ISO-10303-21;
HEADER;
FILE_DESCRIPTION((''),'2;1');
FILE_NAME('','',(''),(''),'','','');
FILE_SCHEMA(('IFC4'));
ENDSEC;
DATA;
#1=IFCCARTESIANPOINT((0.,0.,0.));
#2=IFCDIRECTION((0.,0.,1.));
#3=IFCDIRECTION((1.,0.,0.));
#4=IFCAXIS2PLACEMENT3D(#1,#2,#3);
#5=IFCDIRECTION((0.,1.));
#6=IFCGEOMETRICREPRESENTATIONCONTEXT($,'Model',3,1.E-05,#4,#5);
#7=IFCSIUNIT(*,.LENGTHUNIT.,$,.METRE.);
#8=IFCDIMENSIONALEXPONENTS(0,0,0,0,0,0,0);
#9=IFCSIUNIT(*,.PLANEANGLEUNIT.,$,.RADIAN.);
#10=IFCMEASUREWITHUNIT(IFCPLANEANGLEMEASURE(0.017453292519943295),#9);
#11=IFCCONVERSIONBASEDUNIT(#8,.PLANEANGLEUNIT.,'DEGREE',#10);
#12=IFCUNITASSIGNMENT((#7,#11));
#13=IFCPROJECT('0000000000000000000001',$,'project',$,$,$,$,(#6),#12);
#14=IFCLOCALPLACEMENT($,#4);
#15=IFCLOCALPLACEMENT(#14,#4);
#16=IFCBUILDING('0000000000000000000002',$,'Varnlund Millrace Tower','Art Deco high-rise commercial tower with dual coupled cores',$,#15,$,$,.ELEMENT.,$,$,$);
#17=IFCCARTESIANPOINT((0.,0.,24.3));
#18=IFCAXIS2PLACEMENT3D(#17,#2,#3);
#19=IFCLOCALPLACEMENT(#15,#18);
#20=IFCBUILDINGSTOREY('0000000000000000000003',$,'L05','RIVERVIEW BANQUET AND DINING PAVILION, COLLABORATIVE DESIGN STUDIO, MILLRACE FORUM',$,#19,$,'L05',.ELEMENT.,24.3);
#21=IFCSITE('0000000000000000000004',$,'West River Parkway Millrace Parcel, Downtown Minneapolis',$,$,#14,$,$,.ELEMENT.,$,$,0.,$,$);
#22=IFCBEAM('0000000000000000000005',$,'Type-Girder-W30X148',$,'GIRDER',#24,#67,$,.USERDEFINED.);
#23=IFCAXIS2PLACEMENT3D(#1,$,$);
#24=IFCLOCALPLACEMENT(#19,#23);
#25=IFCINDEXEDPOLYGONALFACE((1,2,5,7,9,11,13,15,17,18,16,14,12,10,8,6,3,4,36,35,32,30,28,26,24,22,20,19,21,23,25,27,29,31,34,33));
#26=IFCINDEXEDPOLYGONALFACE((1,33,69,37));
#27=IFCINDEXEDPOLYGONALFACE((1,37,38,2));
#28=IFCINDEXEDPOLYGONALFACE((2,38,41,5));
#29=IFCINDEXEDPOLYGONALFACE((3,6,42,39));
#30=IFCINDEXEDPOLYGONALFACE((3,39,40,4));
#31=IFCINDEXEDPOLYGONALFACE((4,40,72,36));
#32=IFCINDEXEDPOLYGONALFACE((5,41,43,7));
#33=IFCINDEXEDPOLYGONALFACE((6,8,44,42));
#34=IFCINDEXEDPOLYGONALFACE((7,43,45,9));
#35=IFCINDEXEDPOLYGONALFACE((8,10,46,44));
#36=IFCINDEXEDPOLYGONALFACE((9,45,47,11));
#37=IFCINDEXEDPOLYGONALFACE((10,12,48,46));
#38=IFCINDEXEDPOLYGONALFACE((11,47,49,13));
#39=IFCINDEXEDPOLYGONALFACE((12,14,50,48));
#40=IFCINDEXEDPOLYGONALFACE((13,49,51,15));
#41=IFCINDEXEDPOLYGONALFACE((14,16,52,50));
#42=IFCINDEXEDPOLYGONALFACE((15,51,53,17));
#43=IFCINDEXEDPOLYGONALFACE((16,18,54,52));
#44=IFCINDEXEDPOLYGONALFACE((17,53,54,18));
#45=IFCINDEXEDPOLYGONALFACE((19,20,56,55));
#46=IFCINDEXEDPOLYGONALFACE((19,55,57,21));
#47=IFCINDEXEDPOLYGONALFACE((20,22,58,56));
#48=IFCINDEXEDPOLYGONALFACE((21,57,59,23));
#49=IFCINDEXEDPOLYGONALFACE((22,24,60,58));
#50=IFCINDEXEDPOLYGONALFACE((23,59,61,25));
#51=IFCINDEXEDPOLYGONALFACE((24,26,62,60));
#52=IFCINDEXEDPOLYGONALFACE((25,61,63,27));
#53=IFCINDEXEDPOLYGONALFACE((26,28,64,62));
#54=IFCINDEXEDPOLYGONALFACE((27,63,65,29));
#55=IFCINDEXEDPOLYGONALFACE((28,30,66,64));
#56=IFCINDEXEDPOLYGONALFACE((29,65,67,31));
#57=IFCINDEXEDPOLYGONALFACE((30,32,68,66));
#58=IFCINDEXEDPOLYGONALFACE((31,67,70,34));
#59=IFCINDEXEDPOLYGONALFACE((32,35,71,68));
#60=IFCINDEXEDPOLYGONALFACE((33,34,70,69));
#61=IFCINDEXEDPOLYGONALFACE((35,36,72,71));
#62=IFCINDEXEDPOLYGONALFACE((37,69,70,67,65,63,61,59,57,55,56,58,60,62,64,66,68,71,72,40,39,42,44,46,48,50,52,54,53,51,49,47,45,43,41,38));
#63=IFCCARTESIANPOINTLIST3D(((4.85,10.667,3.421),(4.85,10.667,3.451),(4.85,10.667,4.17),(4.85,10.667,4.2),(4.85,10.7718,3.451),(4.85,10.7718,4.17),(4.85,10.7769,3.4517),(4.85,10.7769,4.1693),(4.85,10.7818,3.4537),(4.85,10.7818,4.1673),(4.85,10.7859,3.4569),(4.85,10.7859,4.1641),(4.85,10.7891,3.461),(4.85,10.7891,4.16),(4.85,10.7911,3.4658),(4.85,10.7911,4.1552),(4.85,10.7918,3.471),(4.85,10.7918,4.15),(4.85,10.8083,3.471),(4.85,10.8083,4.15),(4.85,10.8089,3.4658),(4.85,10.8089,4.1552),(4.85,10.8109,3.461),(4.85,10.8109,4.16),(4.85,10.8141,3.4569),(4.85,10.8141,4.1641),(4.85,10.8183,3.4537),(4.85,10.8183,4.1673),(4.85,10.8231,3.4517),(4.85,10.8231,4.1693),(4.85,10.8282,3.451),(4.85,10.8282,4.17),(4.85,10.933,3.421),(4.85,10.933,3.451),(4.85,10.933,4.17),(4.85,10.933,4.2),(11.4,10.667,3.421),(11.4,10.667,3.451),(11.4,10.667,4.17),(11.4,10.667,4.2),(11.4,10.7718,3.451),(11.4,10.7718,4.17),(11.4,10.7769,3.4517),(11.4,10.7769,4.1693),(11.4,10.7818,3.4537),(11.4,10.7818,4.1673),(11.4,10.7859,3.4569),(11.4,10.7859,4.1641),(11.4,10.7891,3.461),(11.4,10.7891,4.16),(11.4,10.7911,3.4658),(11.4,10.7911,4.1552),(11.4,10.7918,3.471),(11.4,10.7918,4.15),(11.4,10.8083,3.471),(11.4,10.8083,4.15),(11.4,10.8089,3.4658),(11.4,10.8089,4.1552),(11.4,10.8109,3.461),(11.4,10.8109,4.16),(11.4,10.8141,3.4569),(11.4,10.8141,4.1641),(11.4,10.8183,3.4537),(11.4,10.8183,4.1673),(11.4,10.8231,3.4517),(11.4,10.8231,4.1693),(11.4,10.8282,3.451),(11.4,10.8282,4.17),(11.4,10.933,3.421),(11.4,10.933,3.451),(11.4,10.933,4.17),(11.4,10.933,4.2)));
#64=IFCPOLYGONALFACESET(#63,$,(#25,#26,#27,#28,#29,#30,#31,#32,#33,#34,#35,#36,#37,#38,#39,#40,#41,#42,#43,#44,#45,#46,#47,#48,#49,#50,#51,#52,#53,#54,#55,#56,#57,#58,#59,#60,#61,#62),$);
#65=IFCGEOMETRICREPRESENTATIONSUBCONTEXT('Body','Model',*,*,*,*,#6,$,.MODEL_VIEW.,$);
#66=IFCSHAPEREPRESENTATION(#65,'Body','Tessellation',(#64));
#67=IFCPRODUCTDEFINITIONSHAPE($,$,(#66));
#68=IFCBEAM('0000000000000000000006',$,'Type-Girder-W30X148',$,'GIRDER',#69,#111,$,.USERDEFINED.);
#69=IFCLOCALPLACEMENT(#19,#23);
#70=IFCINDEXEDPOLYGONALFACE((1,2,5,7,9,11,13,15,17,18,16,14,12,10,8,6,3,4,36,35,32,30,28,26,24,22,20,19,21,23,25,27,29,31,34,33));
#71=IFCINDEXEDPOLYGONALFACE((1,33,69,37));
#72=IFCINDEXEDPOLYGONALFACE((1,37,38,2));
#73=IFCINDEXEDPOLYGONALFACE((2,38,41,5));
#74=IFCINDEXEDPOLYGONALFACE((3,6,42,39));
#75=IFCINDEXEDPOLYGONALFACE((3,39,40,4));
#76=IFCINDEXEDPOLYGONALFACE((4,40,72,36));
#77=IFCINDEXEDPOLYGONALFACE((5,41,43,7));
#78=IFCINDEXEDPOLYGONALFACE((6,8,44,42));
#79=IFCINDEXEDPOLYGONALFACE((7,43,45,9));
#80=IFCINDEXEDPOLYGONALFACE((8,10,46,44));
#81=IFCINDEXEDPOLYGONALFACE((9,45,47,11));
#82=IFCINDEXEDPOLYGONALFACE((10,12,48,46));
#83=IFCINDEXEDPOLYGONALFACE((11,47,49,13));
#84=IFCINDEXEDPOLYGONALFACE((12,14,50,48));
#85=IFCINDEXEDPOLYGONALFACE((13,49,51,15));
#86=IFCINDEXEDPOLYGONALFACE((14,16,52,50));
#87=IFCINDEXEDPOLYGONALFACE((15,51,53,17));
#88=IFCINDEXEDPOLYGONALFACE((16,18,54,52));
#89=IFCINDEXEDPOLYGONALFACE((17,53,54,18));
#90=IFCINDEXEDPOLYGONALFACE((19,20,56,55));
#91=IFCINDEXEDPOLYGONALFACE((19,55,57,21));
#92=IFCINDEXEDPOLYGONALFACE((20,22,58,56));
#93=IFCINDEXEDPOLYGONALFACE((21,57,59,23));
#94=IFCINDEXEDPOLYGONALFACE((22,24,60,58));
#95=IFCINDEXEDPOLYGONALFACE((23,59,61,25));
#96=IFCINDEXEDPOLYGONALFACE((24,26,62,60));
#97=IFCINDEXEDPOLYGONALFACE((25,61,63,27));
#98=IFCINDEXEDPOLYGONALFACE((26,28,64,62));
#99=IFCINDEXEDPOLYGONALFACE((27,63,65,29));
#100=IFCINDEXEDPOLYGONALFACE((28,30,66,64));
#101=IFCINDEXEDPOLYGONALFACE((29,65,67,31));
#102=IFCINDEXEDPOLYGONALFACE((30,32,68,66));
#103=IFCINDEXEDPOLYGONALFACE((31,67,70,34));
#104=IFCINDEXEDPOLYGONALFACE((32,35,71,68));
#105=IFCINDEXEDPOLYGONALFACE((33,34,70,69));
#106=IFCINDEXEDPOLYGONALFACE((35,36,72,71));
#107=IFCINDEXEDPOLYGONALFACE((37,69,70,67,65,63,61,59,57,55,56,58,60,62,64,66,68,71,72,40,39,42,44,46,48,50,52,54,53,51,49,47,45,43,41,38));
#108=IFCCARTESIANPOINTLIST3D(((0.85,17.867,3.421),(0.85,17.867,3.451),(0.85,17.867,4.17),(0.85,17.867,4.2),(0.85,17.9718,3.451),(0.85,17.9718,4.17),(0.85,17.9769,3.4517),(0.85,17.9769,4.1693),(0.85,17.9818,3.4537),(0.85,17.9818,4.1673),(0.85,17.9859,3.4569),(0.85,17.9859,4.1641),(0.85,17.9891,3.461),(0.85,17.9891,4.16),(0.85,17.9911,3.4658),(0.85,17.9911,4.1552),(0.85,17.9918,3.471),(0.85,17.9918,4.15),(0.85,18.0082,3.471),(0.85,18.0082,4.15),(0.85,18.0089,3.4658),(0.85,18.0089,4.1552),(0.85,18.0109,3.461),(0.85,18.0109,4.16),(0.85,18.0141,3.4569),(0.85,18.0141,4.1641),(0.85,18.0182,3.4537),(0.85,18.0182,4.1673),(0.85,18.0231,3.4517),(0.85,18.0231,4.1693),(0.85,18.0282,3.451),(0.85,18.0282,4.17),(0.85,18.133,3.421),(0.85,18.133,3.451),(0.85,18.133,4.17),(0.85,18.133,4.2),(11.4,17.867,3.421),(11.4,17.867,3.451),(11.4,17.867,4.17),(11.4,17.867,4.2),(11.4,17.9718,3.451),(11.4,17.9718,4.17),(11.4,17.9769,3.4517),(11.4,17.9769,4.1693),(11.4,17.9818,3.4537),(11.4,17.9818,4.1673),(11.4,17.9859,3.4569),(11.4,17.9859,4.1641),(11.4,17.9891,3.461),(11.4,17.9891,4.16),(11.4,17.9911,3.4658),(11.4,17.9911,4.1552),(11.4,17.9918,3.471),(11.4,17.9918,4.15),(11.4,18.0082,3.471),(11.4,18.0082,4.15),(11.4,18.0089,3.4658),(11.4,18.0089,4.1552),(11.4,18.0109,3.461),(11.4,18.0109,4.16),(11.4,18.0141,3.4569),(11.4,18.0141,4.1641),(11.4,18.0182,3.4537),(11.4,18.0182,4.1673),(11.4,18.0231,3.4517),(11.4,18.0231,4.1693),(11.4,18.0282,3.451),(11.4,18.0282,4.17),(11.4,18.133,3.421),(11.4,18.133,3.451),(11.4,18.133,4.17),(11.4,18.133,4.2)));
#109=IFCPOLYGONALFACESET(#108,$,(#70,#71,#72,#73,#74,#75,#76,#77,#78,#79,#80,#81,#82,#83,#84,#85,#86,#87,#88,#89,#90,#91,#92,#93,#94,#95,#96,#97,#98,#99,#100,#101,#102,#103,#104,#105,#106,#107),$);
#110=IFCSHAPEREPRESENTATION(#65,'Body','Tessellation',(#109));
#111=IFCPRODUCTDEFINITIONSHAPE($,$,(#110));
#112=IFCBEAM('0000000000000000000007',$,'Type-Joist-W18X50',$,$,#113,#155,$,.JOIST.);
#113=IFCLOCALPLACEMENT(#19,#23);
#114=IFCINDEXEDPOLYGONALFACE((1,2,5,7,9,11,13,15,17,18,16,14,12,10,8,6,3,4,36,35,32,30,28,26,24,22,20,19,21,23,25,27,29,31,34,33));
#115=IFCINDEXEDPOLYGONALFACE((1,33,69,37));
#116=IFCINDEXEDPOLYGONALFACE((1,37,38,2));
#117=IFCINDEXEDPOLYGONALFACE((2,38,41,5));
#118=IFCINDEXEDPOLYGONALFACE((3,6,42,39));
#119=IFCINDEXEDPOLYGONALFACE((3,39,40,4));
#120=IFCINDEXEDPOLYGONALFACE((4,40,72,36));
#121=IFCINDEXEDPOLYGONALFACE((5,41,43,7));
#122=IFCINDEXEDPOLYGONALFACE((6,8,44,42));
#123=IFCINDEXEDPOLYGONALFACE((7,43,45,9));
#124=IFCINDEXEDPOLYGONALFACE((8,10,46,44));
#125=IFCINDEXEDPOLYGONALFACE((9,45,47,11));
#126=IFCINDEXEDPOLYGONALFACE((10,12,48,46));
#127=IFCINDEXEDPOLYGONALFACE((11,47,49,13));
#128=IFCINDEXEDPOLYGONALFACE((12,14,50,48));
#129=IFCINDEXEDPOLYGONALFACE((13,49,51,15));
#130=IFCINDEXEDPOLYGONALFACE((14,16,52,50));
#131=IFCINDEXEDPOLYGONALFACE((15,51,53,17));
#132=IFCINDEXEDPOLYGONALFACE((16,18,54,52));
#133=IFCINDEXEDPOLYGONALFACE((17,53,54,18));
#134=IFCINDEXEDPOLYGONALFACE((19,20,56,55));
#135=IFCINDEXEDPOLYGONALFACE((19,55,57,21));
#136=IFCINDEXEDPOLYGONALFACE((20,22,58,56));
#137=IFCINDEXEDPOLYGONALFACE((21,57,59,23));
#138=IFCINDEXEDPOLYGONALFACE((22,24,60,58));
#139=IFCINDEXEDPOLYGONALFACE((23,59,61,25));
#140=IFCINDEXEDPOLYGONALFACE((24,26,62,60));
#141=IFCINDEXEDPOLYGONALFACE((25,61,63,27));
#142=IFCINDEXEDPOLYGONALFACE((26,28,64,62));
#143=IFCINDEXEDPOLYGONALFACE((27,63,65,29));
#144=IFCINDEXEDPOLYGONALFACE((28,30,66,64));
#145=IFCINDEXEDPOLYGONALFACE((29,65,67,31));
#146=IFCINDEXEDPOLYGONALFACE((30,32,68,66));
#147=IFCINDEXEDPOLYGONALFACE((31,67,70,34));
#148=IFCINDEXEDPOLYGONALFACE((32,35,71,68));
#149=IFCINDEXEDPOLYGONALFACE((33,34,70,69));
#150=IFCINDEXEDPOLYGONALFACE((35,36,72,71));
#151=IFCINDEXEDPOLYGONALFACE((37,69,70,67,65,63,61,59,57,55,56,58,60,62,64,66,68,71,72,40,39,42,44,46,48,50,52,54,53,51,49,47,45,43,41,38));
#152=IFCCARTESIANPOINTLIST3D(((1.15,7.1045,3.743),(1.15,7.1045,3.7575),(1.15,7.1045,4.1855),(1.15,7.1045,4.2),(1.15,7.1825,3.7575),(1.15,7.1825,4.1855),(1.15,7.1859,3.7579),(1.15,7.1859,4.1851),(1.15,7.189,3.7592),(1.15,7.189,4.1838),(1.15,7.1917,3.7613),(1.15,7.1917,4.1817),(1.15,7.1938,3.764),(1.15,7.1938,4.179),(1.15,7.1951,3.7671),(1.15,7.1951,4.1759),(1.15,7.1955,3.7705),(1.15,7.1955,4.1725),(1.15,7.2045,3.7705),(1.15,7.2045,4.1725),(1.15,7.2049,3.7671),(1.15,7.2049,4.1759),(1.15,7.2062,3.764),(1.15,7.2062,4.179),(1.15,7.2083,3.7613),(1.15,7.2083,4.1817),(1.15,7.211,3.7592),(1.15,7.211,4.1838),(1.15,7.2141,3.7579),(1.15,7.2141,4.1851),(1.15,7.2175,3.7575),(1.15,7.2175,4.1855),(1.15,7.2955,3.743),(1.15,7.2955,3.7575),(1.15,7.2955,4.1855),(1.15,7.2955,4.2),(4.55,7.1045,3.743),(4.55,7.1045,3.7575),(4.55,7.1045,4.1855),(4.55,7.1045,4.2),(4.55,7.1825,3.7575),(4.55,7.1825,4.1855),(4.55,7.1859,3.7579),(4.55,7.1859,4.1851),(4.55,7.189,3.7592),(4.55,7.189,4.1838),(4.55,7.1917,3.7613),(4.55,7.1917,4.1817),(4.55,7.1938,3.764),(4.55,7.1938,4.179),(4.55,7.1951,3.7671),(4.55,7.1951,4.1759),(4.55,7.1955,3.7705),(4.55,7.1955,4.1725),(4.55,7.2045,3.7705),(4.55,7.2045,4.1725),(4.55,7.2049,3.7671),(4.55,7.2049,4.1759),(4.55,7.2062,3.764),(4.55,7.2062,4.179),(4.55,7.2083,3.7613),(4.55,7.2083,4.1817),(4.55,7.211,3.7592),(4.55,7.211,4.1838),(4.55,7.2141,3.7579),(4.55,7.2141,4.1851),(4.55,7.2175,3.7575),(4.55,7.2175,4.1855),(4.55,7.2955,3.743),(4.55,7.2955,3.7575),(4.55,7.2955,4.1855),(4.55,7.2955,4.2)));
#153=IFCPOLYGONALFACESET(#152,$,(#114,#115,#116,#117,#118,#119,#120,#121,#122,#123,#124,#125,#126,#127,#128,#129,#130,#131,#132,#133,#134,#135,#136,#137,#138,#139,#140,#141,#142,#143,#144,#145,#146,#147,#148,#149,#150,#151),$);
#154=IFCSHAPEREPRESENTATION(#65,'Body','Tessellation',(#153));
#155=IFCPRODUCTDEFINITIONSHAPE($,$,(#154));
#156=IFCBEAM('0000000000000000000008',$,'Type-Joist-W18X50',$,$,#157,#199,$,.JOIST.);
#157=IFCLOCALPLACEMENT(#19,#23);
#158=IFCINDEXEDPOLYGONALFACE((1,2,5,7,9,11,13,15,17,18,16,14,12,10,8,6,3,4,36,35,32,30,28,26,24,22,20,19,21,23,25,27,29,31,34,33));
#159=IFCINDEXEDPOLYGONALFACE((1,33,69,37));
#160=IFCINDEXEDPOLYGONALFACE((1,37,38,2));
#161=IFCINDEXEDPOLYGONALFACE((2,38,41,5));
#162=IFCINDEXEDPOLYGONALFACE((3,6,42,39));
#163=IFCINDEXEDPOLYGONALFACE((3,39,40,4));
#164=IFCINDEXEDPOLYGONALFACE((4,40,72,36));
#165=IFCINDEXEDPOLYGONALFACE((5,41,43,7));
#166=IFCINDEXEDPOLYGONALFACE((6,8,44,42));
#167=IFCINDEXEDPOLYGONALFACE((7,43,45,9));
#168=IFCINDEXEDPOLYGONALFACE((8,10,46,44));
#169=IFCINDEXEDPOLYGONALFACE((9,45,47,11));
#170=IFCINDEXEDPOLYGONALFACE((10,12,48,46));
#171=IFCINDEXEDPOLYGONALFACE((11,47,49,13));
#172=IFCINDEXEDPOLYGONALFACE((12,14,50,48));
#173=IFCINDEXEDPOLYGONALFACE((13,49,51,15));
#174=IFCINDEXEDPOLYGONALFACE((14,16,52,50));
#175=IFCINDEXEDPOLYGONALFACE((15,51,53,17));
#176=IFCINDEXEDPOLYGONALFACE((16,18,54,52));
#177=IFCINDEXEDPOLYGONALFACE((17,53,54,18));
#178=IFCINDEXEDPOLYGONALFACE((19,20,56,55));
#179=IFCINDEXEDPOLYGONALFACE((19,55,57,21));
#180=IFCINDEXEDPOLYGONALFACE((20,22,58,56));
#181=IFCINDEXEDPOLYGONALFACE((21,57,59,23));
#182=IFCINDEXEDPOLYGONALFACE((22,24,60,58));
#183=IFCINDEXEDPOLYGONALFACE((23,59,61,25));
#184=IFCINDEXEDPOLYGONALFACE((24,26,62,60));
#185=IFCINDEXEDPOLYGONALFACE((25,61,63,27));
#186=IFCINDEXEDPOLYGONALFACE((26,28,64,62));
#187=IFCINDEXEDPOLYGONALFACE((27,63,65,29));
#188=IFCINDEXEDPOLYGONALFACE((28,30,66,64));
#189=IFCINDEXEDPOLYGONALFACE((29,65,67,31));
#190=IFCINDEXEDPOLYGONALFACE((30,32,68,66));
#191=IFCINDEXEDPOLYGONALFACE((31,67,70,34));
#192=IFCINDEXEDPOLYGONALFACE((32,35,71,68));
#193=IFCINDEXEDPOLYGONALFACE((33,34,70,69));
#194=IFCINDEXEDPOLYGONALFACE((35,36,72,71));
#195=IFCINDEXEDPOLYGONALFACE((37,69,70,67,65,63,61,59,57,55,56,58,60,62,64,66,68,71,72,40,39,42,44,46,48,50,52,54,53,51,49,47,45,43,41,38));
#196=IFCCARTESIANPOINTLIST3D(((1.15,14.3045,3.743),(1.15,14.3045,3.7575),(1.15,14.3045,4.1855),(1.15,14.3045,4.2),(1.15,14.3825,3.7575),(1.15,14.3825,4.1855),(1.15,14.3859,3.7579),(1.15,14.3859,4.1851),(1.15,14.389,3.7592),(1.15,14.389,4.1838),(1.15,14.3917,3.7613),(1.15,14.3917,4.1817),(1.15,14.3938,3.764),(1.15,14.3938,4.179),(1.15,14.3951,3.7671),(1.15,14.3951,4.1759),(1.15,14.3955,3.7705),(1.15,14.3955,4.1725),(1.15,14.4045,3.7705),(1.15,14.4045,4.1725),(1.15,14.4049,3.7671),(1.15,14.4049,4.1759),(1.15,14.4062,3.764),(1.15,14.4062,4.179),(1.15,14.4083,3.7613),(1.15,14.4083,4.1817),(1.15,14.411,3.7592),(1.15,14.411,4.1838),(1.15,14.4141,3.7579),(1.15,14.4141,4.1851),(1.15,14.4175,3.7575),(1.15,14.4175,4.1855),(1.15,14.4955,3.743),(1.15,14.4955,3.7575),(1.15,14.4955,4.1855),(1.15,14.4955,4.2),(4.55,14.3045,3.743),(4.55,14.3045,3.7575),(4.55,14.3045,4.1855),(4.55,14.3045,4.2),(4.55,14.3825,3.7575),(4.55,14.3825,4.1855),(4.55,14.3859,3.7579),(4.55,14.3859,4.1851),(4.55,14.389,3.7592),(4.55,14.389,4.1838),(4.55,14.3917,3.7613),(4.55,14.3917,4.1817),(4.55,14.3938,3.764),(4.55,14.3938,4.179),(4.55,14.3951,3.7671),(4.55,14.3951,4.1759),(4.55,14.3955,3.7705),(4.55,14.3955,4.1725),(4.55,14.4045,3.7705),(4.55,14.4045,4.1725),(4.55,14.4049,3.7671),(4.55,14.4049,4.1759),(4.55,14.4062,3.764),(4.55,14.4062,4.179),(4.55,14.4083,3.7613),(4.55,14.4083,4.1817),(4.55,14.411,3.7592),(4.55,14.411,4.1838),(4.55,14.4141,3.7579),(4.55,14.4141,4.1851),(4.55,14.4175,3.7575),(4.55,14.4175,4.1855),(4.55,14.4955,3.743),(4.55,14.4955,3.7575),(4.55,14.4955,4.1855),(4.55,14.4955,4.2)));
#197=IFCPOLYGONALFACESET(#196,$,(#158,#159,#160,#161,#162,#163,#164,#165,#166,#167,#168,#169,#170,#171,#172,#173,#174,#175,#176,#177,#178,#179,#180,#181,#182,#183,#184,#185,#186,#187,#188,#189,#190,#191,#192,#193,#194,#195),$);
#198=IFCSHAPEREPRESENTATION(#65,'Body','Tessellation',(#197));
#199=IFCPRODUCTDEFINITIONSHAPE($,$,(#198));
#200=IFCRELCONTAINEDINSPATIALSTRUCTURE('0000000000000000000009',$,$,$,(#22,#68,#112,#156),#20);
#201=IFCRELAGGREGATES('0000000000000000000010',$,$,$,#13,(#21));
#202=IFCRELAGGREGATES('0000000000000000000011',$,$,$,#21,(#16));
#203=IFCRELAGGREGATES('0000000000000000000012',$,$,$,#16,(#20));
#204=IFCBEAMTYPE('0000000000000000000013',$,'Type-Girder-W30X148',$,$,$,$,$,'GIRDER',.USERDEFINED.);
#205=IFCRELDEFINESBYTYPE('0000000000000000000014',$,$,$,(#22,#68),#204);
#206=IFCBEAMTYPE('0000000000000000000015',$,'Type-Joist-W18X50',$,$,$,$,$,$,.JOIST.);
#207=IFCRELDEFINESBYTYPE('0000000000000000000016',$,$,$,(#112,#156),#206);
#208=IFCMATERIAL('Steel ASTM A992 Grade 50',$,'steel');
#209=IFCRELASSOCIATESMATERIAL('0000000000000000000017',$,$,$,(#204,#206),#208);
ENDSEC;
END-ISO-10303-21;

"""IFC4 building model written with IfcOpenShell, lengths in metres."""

from ifc_helpers import new_model, entity, si_unit, converted_unit, direction, frame, origin_with_axes, origin_2d_with_axis, place, context, subcontext, project, spatial, i_section, extrude, material, material_profile, profile_set, type_object, element, save


model = new_model("IFC4")

# Units and contexts
model_context = context("Model", 3, precision=1e-05, world=origin_with_axes(), true_north=direction((0.0, 1.0)))
body_context = subcontext(model_context, "Body", "Model", "MODEL_VIEW")
ifc_project = project(units=[si_unit("LENGTHUNIT", "METRE"), converted_unit("PLANEANGLEUNIT", "DEGREE", entity("IfcPlaneAngleMeasure", 0.017453292519943295), si_unit("PLANEANGLEUNIT", "RADIAN"), dimensions=[0, 0, 0, 0, 0, 0, 0])], contexts=[model_context])

# Site, building, storey
site_placement = place(None, origin_with_axes())
site = spatial("IfcSite", under=ifc_project, at=site_placement, Name="West River Parkway Millrace Parcel, Downtown Minneapolis", CompositionType="ELEMENT", RefElevation=0.0)
building_placement = place(site_placement, origin_with_axes())
building = spatial("IfcBuilding", under=site, at=building_placement, Name="Varnlund Millrace Tower", Description="Art Deco high-rise commercial tower with dual coupled cores", CompositionType="ELEMENT")
storey_placement = place(building_placement, frame((0.0, 0.0, 24.3), z_axis=(0.0, 0.0, 1.0), x_axis=(1.0, 0.0, 0.0)))
storey = spatial("IfcBuildingStorey", under=building, at=storey_placement, Name="L05", Description="RIVERVIEW BANQUET AND DINING PAVILION, COLLABORATIVE DESIGN STUDIO, MILLRACE FORUM", LongName="L05", CompositionType="ELEMENT", Elevation=24.3)

# Beams
ifc_material_1 = material(Name="Steel ASTM A992 Grade 50", Category="steel")
ifc_material_profile_1 = material_profile(ifc_material_1, i_section(OverallWidth=0.266, OverallDepth=0.779, WebThickness=0.0165, FlangeThickness=0.03, FilletRadius=0.02, at=origin_2d_with_axis()), Name="Steel ASTM A992 Grade 50")
ifc_profile_set_1 = profile_set([ifc_material_profile_1], Name="Steel ASTM A992 Grade 50")
beam_type_1 = type_object("IfcBeamType", Name="Type-Girder-W30X148", ElementType="GIRDER", PredefinedType="USERDEFINED", material=ifc_profile_set_1)
beam_1_placement = place(storey_placement, frame((4.85, 10.8, 3.8105), z_axis=(1.0, 0.0, 0.0), x_axis=(0.0, 1.0, 0.0)))
element("IfcBeam", 1, at=beam_1_placement, inside=storey, type_object=beam_type_1, Name="Type-Girder-W30X148", ObjectType="GIRDER", PredefinedType="USERDEFINED", context=body_context, shape_type="SweptSolid", body=[
    extrude(i_section(OverallWidth=0.266, OverallDepth=0.779, WebThickness=0.0165, FlangeThickness=0.03, FilletRadius=0.02, at=origin_2d_with_axis()), origin_with_axes(), (0.0, 0.0, 1.0), 6.55),
])
beam_2_placement = place(storey_placement, frame((0.85, 18.0, 3.8105), z_axis=(1.0, 0.0, 0.0), x_axis=(0.0, 1.0, 0.0)))
element("IfcBeam", 2, at=beam_2_placement, inside=storey, type_object=beam_type_1, Name="Type-Girder-W30X148", ObjectType="GIRDER", PredefinedType="USERDEFINED", context=body_context, shape_type="SweptSolid", body=[
    extrude(i_section(OverallWidth=0.266, OverallDepth=0.779, WebThickness=0.0165, FlangeThickness=0.03, FilletRadius=0.02, at=origin_2d_with_axis()), origin_with_axes(), (0.0, 0.0, 1.0), 10.55),
])
ifc_material_profile_2 = material_profile(ifc_material_1, i_section(OverallWidth=0.191, OverallDepth=0.457, WebThickness=0.009, FlangeThickness=0.0145, FilletRadius=0.013, at=origin_2d_with_axis()), Name="Steel ASTM A992 Grade 50")
ifc_profile_set_2 = profile_set([ifc_material_profile_2], Name="Steel ASTM A992 Grade 50")
beam_type_2 = type_object("IfcBeamType", Name="Type-Joist-W18X50", PredefinedType="JOIST", material=ifc_profile_set_2)
for number, where, z_axis, x_axis, name in (
    (3, (1.15, 7.2, 3.9715), (1.0, 0.0, 0.0), (0.0, 1.0, 0.0), "Type-Joist-W18X50"),
    (4, (1.15, 14.4, 3.9715), (1.0, 0.0, 0.0), (0.0, 1.0, 0.0), "Type-Joist-W18X50"),
):
    element("IfcBeam", number, at=place(storey_placement, frame(where, z_axis=z_axis, x_axis=x_axis)), inside=storey, type_object=beam_type_2, Name=name, PredefinedType="JOIST", context=body_context, shape_type="SweptSolid", body=[
        extrude(i_section(OverallWidth=0.191, OverallDepth=0.457, WebThickness=0.009, FlangeThickness=0.0145, FilletRadius=0.013, at=origin_2d_with_axis()), origin_with_axes(), (0.0, 0.0, 1.0), 3.4),
    ])

save(model, "model.ifc")
